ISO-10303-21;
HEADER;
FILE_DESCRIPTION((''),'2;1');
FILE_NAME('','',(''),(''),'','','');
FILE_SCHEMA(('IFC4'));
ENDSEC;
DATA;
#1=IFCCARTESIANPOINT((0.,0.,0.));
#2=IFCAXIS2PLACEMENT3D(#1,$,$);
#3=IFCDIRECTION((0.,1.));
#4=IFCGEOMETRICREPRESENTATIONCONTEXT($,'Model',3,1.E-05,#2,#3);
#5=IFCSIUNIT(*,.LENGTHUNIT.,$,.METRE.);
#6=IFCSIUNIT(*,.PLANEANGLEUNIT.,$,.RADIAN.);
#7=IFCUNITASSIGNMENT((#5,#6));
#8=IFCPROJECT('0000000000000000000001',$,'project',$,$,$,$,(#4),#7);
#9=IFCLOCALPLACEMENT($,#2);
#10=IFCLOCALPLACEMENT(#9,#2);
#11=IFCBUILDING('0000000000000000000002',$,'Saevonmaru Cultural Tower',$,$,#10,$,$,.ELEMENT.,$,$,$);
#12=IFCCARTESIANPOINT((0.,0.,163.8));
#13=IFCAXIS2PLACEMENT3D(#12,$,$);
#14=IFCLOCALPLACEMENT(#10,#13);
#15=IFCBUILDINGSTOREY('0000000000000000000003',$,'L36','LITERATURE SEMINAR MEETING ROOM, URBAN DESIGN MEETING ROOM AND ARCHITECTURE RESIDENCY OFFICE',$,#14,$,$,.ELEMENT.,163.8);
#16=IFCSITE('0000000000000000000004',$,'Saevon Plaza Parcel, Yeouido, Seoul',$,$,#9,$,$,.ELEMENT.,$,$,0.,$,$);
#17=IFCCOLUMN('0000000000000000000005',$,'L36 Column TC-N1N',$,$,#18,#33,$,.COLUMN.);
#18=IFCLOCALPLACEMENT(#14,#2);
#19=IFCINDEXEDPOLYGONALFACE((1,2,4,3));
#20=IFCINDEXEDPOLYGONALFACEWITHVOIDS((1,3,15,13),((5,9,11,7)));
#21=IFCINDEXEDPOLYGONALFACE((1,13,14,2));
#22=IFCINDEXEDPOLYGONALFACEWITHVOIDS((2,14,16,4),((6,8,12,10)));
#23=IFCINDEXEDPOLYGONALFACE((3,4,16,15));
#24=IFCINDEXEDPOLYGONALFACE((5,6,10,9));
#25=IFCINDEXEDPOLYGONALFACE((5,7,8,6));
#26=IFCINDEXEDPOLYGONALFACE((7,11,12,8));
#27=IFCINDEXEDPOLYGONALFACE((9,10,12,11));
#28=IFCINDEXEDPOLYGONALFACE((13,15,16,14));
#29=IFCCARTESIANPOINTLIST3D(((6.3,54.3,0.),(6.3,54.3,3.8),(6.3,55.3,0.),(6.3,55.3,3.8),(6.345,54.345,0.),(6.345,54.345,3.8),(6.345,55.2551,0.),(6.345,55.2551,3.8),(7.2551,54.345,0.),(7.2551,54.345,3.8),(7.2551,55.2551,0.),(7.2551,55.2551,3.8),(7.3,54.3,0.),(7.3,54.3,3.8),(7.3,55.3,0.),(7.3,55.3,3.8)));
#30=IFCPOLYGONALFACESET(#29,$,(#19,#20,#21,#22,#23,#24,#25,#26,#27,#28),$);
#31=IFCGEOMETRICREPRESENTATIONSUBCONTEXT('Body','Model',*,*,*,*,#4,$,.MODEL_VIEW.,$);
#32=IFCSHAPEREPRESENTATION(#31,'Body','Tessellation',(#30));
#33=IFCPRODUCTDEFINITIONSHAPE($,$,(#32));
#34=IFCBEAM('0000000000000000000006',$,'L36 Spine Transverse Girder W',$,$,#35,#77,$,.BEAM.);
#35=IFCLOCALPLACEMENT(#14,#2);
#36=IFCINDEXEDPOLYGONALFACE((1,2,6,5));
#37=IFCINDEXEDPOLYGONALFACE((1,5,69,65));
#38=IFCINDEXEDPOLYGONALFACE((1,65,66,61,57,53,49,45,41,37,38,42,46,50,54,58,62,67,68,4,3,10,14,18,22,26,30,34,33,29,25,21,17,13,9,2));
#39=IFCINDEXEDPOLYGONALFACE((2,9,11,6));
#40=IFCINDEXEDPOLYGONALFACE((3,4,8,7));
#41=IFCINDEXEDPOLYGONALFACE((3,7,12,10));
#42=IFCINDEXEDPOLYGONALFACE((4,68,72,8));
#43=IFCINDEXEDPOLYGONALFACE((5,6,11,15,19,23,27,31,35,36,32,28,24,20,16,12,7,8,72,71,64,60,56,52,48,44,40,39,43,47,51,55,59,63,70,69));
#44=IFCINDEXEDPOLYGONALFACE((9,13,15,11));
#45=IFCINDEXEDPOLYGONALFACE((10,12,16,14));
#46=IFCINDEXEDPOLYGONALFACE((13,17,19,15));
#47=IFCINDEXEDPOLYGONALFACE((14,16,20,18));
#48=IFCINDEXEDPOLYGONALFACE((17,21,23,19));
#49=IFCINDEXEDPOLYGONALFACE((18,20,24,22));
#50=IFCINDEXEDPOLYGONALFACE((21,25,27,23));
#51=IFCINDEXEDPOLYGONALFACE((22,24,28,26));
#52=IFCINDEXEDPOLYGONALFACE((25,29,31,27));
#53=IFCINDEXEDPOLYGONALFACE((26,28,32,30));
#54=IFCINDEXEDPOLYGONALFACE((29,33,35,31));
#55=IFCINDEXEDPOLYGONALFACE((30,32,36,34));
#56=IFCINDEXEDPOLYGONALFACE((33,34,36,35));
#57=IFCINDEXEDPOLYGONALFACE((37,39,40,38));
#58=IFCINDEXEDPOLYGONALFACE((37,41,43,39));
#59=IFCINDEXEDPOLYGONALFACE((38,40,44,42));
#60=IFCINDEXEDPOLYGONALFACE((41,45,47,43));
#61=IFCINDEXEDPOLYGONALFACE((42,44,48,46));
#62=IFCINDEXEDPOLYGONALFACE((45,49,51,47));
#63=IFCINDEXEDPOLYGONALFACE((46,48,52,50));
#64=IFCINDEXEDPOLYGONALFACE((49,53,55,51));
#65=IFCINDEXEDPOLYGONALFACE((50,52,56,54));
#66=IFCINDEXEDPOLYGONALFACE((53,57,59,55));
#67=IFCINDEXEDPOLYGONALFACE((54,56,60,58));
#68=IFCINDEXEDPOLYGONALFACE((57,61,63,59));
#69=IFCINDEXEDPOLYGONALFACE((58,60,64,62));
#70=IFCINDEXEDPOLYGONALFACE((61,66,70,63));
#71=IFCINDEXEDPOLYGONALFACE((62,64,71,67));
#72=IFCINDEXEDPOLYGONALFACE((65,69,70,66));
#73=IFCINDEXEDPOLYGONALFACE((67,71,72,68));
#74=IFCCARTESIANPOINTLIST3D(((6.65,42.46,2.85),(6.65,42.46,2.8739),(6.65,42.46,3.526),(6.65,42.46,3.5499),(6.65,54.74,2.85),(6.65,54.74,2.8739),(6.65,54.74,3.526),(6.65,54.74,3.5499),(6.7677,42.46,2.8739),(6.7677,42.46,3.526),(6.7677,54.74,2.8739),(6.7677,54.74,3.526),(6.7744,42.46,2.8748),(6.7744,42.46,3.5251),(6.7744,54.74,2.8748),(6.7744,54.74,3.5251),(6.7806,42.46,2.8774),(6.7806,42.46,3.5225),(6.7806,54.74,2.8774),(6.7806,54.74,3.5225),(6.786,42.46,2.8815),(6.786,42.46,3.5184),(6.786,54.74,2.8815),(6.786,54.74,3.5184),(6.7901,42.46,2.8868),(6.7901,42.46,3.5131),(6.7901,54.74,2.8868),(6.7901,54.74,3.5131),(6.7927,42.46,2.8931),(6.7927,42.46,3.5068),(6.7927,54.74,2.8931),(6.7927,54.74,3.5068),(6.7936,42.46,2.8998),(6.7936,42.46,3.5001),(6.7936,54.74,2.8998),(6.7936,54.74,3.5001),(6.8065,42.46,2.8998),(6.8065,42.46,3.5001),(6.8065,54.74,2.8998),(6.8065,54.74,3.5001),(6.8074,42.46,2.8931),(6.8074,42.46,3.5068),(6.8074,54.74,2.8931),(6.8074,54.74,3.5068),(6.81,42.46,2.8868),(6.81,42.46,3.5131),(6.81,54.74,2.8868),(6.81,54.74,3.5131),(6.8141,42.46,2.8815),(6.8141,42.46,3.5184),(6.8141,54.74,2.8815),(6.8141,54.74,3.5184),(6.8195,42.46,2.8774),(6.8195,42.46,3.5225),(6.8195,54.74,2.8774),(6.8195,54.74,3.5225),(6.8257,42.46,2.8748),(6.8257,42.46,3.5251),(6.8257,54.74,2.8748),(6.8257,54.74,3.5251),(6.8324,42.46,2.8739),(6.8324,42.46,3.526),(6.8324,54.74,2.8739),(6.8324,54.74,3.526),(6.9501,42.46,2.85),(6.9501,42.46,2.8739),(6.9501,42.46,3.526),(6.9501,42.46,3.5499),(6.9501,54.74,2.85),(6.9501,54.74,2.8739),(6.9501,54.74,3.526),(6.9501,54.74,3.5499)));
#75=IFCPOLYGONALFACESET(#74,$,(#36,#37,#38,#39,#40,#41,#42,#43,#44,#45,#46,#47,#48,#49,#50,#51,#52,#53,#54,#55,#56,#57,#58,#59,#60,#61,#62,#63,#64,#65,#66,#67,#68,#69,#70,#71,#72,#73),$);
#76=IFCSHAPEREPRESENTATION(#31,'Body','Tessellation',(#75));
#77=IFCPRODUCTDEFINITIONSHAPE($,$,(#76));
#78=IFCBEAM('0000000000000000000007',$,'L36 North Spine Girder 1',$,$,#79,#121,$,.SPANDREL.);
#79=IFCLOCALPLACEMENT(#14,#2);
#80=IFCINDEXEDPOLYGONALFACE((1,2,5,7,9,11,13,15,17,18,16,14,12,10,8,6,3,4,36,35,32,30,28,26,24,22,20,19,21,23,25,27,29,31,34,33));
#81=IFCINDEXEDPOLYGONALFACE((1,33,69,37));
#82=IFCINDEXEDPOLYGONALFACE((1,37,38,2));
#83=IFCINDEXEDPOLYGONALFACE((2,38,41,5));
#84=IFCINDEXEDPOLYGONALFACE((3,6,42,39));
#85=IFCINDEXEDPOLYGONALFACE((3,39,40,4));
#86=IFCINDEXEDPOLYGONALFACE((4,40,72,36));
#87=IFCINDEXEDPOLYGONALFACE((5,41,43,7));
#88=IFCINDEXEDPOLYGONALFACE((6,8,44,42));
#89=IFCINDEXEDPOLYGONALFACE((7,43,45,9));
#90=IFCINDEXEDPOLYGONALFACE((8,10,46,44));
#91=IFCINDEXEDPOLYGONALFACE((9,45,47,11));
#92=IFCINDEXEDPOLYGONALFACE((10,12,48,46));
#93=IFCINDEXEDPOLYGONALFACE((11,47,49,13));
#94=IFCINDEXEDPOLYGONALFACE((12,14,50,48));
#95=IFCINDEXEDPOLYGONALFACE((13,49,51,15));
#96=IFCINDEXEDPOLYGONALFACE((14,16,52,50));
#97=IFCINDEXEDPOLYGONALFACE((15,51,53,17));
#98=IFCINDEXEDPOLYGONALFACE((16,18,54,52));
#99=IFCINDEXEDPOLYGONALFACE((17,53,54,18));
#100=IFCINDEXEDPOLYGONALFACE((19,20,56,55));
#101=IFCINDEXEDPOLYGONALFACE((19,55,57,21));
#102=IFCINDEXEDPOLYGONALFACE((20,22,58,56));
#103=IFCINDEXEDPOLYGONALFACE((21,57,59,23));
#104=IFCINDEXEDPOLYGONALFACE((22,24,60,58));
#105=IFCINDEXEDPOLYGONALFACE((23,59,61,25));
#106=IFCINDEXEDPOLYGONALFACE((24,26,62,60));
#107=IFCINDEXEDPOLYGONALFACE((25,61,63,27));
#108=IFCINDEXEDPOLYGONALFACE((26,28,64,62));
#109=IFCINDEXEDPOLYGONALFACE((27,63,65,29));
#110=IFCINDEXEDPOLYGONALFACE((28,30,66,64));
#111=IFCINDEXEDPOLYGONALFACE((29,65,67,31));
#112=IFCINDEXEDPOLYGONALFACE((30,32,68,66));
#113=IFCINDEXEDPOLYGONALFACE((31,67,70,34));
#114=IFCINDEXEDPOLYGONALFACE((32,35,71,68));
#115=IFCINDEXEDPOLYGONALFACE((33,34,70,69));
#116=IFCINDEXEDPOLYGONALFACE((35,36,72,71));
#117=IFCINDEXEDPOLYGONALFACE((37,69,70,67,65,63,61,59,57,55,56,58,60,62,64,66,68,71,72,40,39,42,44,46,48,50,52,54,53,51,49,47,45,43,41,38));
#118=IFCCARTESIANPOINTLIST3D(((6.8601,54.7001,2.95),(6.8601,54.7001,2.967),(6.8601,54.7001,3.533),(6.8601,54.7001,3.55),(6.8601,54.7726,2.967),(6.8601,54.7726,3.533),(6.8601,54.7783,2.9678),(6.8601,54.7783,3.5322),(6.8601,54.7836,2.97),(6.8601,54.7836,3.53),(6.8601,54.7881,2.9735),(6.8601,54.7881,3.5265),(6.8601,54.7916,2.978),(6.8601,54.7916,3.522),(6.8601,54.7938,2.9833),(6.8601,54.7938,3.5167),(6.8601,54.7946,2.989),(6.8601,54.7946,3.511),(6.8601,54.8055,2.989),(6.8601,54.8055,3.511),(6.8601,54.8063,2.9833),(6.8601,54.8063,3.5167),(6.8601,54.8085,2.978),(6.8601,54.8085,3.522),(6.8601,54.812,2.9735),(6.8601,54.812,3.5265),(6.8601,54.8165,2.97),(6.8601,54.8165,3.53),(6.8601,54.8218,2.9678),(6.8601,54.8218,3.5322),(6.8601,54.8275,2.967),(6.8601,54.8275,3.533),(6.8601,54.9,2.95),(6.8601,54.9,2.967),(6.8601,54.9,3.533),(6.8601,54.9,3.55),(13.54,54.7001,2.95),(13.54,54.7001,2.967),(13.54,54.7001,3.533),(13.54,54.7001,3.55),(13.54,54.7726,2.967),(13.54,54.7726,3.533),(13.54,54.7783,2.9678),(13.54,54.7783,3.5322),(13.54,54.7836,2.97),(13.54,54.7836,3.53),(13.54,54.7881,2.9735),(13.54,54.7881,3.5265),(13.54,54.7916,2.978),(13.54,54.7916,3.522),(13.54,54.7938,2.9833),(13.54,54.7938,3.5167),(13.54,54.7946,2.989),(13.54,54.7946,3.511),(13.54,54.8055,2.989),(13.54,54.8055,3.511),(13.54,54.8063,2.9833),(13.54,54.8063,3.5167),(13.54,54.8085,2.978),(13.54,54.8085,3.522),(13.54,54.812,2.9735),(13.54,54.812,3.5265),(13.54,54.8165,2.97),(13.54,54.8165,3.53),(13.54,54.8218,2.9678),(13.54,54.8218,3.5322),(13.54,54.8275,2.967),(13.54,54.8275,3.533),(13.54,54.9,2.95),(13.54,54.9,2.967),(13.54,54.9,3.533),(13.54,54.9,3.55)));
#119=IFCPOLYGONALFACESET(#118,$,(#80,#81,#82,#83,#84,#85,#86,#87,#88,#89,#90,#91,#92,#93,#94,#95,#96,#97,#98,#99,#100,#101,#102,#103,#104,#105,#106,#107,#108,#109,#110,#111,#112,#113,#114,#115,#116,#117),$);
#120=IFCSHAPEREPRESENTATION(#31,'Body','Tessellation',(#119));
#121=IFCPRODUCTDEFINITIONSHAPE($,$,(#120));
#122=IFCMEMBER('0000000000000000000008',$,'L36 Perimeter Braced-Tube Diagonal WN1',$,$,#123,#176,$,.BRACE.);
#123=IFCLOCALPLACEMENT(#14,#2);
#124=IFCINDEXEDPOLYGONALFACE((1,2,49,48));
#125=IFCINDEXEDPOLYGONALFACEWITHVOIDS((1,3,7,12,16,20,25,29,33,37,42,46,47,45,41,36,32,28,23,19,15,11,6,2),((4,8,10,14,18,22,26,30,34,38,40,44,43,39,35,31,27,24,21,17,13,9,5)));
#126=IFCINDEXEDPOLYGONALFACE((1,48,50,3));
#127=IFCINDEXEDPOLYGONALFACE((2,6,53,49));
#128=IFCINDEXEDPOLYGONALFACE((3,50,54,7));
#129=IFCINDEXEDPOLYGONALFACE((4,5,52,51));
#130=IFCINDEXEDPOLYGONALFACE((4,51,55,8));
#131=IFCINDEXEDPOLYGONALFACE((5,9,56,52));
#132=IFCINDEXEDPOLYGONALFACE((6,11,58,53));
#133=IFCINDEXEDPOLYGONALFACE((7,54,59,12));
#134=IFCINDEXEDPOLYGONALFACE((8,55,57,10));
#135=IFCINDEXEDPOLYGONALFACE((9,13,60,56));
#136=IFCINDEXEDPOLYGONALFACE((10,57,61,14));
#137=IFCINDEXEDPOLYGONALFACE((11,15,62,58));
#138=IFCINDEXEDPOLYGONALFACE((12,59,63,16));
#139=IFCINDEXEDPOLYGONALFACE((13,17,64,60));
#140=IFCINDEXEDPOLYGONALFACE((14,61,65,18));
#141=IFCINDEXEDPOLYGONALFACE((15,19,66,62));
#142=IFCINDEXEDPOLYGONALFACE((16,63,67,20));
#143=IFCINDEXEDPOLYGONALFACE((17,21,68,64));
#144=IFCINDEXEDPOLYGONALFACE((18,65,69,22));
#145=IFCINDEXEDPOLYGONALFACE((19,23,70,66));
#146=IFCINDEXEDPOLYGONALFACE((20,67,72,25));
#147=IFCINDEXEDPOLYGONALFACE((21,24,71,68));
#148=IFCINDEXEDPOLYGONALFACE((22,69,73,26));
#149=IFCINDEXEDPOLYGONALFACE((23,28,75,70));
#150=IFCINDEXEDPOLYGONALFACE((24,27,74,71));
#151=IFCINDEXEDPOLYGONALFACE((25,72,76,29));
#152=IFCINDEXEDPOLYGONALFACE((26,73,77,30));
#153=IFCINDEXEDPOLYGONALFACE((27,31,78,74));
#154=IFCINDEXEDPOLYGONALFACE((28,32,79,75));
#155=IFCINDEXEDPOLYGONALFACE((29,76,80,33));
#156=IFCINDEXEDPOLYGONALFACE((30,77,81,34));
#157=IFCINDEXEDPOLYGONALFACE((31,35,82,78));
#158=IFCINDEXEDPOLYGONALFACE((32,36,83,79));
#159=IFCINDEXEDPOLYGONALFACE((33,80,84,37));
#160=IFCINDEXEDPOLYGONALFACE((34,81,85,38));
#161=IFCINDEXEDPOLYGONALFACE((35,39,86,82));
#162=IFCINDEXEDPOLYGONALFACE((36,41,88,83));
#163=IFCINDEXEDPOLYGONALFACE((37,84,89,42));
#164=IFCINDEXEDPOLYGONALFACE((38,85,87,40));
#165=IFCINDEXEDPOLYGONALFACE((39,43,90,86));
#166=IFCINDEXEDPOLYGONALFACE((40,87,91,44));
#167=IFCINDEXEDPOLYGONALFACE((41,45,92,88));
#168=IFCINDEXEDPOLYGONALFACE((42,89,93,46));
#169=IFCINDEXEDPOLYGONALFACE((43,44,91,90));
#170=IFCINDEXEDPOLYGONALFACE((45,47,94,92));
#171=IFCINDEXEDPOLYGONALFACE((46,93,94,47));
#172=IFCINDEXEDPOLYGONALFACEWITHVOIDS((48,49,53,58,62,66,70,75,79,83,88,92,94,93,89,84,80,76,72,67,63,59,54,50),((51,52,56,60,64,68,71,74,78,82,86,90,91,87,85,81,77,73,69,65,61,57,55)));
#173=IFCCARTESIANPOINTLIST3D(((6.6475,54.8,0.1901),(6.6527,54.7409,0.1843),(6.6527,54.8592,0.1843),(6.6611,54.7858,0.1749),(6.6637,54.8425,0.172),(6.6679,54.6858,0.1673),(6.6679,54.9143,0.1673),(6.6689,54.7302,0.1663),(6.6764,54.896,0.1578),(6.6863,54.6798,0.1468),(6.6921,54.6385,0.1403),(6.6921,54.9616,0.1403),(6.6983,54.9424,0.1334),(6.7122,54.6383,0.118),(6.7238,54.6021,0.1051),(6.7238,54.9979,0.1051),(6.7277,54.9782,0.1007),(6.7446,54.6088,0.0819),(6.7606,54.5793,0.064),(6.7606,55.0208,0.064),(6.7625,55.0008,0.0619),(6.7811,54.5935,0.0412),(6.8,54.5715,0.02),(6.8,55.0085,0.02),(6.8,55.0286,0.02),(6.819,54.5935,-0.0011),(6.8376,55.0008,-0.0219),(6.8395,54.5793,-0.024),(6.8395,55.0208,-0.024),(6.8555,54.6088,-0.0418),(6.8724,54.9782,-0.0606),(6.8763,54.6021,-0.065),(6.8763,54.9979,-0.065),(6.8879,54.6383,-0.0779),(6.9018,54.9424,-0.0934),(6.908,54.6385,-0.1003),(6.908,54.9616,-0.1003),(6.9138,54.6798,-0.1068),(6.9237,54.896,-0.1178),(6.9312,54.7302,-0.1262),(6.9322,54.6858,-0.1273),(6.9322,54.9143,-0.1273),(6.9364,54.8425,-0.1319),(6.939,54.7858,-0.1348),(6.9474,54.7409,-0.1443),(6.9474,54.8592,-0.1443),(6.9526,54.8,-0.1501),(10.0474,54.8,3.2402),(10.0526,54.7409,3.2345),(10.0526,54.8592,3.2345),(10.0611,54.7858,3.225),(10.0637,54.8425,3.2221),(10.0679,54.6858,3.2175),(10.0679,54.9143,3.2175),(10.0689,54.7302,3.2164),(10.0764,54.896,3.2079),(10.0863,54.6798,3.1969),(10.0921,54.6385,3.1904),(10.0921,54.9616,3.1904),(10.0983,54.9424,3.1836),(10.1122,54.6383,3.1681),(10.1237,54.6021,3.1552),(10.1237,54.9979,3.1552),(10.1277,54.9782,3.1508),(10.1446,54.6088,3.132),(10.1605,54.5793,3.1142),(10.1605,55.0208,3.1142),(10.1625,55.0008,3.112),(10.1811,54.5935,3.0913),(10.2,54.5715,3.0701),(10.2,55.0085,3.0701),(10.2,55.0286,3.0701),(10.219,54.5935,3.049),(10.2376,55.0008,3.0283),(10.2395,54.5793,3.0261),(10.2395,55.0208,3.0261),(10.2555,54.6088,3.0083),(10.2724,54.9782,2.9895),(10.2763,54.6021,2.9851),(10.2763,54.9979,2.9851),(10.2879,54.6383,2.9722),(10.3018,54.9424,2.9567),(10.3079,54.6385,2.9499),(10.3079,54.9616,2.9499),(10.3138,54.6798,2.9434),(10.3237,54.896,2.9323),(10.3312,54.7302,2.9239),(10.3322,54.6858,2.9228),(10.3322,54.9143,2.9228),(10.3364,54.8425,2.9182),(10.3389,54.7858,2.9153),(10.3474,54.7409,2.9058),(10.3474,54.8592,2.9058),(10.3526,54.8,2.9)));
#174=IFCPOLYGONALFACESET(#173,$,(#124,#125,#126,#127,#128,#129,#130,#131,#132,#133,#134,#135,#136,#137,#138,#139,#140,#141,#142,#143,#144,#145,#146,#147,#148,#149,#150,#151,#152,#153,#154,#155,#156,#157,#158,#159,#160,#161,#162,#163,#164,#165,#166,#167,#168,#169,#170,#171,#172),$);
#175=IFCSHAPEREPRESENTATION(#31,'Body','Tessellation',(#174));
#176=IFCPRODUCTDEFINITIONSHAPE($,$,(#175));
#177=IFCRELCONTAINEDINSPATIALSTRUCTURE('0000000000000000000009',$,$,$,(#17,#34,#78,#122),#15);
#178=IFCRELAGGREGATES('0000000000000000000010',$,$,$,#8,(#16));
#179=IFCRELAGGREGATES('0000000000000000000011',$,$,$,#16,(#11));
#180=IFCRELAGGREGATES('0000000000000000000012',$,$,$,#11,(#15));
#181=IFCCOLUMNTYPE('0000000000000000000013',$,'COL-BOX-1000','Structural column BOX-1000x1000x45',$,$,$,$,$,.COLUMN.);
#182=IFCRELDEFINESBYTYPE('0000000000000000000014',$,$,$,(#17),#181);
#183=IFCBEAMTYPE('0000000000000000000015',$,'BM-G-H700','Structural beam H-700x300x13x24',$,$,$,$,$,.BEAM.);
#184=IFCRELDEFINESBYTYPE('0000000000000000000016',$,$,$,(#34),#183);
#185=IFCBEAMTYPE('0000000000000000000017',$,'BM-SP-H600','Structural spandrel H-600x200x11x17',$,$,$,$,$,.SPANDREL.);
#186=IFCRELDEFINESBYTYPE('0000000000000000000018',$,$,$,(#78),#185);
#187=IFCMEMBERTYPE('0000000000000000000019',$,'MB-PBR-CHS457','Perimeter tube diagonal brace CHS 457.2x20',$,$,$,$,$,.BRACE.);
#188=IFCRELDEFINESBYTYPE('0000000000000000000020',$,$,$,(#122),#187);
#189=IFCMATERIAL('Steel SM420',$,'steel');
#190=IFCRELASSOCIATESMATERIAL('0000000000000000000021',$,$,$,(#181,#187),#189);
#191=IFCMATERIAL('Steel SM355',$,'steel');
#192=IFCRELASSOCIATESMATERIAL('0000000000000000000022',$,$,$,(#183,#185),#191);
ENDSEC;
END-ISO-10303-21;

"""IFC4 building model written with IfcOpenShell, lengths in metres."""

from ifc_helpers import new_model, si_unit, direction, frame, origin, origin_2d, place, context, subcontext, project, spatial, hollow_rectangle, hollow_circle, i_section, extrude, material, material_profile, profile_set, type_object, element, save


model = new_model("IFC4")

# Units and contexts
model_context = context("Model", 3, precision=1e-05, world=origin(), true_north=direction((0.0, 1.0)))
body_context = subcontext(model_context, "Body", "Model", "MODEL_VIEW")
ifc_project = project(units=[si_unit("LENGTHUNIT", "METRE"), si_unit("PLANEANGLEUNIT", "RADIAN")], contexts=[model_context])

# Site, building, storey
site_placement = place(None, origin())
site = spatial("IfcSite", under=ifc_project, at=site_placement, Name="Saevon Plaza Parcel, Yeouido, Seoul", CompositionType="ELEMENT", RefElevation=0.0)
building_placement = place(site_placement, origin())
building = spatial("IfcBuilding", under=site, at=building_placement, Name="Saevonmaru Cultural Tower", CompositionType="ELEMENT")
storey_placement = place(building_placement, frame((0.0, 0.0, 163.8)))
storey = spatial("IfcBuildingStorey", under=building, at=storey_placement, Name="L36", Description="LITERATURE SEMINAR MEETING ROOM, URBAN DESIGN MEETING ROOM AND ARCHITECTURE RESIDENCY OFFICE", CompositionType="ELEMENT", Elevation=163.8)

# Column
ifc_material_1 = material(Name="Steel SM420", Category="steel")
ifc_material_profile_1 = material_profile(ifc_material_1, hollow_rectangle(XDim=1.0, YDim=1.0, WallThickness=0.0449, at=origin_2d()), Name="BOX-1000x1000x45")
ifc_profile_set_1 = profile_set([ifc_material_profile_1], Name="Steel SM420")
column_type = type_object("IfcColumnType", Name="COL-BOX-1000", Description="Structural column BOX-1000x1000x45", PredefinedType="COLUMN", material=ifc_profile_set_1)
column_placement = place(storey_placement, frame((6.8, 54.8, 0.0), z_axis=(0.0, 0.0, 1.0), x_axis=(1.0, 0.0, 0.0)))
element("IfcColumn", 1, at=column_placement, inside=storey, type_object=column_type, Name="L36 Column TC-N1N", PredefinedType="COLUMN", context=body_context, shape_type="SweptSolid", body=[
    extrude(hollow_rectangle(XDim=1.0, YDim=1.0, WallThickness=0.0449, at=origin_2d()), origin(), (0.0, 0.0, 1.0), 3.8),
])

# Beams
ifc_material_2 = material(Name="Steel SM355", Category="steel")
ifc_material_profile_2 = material_profile(ifc_material_2, i_section(OverallWidth=0.3, OverallDepth=0.7, WebThickness=0.0129, FlangeThickness=0.0239, FilletRadius=0.0259, at=origin_2d()), Name="H-700x300x13x24")
ifc_profile_set_2 = profile_set([ifc_material_profile_2], Name="Steel SM355")
beam_type_1 = type_object("IfcBeamType", Name="BM-G-H700", Description="Structural beam H-700x300x13x24", PredefinedType="BEAM", material=ifc_profile_set_2)
beam_1_placement = place(storey_placement, frame((6.8, 54.74, 3.2), z_axis=(0.0, -1.0, 0.0), x_axis=(1.0, 0.0, 0.0)))
element("IfcBeam", 2, at=beam_1_placement, inside=storey, type_object=beam_type_1, Name="L36 Spine Transverse Girder W", PredefinedType="BEAM", context=body_context, shape_type="SweptSolid", body=[
    extrude(i_section(OverallWidth=0.3, OverallDepth=0.7, WebThickness=0.0129, FlangeThickness=0.0239, FilletRadius=0.0259, at=origin_2d()), origin(), (0.0, 0.0, 1.0), 12.28),
])
ifc_material_profile_3 = material_profile(ifc_material_2, i_section(OverallWidth=0.2, OverallDepth=0.6001, WebThickness=0.011, FlangeThickness=0.0171, FilletRadius=0.022, at=origin_2d()), Name="H-600x200x11x17")
ifc_profile_set_3 = profile_set([ifc_material_profile_3], Name="Steel SM355")
beam_type_2 = type_object("IfcBeamType", Name="BM-SP-H600", Description="Structural spandrel H-600x200x11x17", PredefinedType="SPANDREL", material=ifc_profile_set_3)
beam_2_placement = place(storey_placement, frame((6.8601, 54.8, 3.25), z_axis=(1.0, 0.0, 0.0), x_axis=(0.0, 1.0, 0.0)))
element("IfcBeam", 3, at=beam_2_placement, inside=storey, type_object=beam_type_2, Name="L36 North Spine Girder 1", PredefinedType="SPANDREL", context=body_context, shape_type="SweptSolid", body=[
    extrude(i_section(OverallWidth=0.2, OverallDepth=0.6001, WebThickness=0.011, FlangeThickness=0.0171, FilletRadius=0.022, at=origin_2d()), origin(), (0.0, 0.0, 1.0), 6.6799),
])

# Member
ifc_material_profile_4 = material_profile(ifc_material_1, hollow_circle(Radius=0.2285, WallThickness=0.02, at=origin_2d()), Name="CHS-457.2x20")
ifc_profile_set_4 = profile_set([ifc_material_profile_4], Name="Steel SM420")
member_type_1 = type_object("IfcMemberType", Name="MB-PBR-CHS457", Description="Perimeter tube diagonal brace CHS 457.2x20", PredefinedType="BRACE", material=ifc_profile_set_4)
member_1_placement = place(storey_placement, frame((6.8, 54.8, 0.02), z_axis=(0.744367, 0.0, 0.667771), x_axis=(0.0, 1.0, 0.0)))
element("IfcMember", 4, at=member_1_placement, inside=storey, type_object=member_type_1, Name="L36 Perimeter Braced-Tube Diagonal WN1", PredefinedType="BRACE", context=body_context, shape_type="SweptSolid", body=[
    extrude(hollow_circle(Radius=0.2285, WallThickness=0.02, at=origin_2d()), origin(), (0.0, 0.0, 1.0), 4.5676),
])

save(model, "model.ifc")
